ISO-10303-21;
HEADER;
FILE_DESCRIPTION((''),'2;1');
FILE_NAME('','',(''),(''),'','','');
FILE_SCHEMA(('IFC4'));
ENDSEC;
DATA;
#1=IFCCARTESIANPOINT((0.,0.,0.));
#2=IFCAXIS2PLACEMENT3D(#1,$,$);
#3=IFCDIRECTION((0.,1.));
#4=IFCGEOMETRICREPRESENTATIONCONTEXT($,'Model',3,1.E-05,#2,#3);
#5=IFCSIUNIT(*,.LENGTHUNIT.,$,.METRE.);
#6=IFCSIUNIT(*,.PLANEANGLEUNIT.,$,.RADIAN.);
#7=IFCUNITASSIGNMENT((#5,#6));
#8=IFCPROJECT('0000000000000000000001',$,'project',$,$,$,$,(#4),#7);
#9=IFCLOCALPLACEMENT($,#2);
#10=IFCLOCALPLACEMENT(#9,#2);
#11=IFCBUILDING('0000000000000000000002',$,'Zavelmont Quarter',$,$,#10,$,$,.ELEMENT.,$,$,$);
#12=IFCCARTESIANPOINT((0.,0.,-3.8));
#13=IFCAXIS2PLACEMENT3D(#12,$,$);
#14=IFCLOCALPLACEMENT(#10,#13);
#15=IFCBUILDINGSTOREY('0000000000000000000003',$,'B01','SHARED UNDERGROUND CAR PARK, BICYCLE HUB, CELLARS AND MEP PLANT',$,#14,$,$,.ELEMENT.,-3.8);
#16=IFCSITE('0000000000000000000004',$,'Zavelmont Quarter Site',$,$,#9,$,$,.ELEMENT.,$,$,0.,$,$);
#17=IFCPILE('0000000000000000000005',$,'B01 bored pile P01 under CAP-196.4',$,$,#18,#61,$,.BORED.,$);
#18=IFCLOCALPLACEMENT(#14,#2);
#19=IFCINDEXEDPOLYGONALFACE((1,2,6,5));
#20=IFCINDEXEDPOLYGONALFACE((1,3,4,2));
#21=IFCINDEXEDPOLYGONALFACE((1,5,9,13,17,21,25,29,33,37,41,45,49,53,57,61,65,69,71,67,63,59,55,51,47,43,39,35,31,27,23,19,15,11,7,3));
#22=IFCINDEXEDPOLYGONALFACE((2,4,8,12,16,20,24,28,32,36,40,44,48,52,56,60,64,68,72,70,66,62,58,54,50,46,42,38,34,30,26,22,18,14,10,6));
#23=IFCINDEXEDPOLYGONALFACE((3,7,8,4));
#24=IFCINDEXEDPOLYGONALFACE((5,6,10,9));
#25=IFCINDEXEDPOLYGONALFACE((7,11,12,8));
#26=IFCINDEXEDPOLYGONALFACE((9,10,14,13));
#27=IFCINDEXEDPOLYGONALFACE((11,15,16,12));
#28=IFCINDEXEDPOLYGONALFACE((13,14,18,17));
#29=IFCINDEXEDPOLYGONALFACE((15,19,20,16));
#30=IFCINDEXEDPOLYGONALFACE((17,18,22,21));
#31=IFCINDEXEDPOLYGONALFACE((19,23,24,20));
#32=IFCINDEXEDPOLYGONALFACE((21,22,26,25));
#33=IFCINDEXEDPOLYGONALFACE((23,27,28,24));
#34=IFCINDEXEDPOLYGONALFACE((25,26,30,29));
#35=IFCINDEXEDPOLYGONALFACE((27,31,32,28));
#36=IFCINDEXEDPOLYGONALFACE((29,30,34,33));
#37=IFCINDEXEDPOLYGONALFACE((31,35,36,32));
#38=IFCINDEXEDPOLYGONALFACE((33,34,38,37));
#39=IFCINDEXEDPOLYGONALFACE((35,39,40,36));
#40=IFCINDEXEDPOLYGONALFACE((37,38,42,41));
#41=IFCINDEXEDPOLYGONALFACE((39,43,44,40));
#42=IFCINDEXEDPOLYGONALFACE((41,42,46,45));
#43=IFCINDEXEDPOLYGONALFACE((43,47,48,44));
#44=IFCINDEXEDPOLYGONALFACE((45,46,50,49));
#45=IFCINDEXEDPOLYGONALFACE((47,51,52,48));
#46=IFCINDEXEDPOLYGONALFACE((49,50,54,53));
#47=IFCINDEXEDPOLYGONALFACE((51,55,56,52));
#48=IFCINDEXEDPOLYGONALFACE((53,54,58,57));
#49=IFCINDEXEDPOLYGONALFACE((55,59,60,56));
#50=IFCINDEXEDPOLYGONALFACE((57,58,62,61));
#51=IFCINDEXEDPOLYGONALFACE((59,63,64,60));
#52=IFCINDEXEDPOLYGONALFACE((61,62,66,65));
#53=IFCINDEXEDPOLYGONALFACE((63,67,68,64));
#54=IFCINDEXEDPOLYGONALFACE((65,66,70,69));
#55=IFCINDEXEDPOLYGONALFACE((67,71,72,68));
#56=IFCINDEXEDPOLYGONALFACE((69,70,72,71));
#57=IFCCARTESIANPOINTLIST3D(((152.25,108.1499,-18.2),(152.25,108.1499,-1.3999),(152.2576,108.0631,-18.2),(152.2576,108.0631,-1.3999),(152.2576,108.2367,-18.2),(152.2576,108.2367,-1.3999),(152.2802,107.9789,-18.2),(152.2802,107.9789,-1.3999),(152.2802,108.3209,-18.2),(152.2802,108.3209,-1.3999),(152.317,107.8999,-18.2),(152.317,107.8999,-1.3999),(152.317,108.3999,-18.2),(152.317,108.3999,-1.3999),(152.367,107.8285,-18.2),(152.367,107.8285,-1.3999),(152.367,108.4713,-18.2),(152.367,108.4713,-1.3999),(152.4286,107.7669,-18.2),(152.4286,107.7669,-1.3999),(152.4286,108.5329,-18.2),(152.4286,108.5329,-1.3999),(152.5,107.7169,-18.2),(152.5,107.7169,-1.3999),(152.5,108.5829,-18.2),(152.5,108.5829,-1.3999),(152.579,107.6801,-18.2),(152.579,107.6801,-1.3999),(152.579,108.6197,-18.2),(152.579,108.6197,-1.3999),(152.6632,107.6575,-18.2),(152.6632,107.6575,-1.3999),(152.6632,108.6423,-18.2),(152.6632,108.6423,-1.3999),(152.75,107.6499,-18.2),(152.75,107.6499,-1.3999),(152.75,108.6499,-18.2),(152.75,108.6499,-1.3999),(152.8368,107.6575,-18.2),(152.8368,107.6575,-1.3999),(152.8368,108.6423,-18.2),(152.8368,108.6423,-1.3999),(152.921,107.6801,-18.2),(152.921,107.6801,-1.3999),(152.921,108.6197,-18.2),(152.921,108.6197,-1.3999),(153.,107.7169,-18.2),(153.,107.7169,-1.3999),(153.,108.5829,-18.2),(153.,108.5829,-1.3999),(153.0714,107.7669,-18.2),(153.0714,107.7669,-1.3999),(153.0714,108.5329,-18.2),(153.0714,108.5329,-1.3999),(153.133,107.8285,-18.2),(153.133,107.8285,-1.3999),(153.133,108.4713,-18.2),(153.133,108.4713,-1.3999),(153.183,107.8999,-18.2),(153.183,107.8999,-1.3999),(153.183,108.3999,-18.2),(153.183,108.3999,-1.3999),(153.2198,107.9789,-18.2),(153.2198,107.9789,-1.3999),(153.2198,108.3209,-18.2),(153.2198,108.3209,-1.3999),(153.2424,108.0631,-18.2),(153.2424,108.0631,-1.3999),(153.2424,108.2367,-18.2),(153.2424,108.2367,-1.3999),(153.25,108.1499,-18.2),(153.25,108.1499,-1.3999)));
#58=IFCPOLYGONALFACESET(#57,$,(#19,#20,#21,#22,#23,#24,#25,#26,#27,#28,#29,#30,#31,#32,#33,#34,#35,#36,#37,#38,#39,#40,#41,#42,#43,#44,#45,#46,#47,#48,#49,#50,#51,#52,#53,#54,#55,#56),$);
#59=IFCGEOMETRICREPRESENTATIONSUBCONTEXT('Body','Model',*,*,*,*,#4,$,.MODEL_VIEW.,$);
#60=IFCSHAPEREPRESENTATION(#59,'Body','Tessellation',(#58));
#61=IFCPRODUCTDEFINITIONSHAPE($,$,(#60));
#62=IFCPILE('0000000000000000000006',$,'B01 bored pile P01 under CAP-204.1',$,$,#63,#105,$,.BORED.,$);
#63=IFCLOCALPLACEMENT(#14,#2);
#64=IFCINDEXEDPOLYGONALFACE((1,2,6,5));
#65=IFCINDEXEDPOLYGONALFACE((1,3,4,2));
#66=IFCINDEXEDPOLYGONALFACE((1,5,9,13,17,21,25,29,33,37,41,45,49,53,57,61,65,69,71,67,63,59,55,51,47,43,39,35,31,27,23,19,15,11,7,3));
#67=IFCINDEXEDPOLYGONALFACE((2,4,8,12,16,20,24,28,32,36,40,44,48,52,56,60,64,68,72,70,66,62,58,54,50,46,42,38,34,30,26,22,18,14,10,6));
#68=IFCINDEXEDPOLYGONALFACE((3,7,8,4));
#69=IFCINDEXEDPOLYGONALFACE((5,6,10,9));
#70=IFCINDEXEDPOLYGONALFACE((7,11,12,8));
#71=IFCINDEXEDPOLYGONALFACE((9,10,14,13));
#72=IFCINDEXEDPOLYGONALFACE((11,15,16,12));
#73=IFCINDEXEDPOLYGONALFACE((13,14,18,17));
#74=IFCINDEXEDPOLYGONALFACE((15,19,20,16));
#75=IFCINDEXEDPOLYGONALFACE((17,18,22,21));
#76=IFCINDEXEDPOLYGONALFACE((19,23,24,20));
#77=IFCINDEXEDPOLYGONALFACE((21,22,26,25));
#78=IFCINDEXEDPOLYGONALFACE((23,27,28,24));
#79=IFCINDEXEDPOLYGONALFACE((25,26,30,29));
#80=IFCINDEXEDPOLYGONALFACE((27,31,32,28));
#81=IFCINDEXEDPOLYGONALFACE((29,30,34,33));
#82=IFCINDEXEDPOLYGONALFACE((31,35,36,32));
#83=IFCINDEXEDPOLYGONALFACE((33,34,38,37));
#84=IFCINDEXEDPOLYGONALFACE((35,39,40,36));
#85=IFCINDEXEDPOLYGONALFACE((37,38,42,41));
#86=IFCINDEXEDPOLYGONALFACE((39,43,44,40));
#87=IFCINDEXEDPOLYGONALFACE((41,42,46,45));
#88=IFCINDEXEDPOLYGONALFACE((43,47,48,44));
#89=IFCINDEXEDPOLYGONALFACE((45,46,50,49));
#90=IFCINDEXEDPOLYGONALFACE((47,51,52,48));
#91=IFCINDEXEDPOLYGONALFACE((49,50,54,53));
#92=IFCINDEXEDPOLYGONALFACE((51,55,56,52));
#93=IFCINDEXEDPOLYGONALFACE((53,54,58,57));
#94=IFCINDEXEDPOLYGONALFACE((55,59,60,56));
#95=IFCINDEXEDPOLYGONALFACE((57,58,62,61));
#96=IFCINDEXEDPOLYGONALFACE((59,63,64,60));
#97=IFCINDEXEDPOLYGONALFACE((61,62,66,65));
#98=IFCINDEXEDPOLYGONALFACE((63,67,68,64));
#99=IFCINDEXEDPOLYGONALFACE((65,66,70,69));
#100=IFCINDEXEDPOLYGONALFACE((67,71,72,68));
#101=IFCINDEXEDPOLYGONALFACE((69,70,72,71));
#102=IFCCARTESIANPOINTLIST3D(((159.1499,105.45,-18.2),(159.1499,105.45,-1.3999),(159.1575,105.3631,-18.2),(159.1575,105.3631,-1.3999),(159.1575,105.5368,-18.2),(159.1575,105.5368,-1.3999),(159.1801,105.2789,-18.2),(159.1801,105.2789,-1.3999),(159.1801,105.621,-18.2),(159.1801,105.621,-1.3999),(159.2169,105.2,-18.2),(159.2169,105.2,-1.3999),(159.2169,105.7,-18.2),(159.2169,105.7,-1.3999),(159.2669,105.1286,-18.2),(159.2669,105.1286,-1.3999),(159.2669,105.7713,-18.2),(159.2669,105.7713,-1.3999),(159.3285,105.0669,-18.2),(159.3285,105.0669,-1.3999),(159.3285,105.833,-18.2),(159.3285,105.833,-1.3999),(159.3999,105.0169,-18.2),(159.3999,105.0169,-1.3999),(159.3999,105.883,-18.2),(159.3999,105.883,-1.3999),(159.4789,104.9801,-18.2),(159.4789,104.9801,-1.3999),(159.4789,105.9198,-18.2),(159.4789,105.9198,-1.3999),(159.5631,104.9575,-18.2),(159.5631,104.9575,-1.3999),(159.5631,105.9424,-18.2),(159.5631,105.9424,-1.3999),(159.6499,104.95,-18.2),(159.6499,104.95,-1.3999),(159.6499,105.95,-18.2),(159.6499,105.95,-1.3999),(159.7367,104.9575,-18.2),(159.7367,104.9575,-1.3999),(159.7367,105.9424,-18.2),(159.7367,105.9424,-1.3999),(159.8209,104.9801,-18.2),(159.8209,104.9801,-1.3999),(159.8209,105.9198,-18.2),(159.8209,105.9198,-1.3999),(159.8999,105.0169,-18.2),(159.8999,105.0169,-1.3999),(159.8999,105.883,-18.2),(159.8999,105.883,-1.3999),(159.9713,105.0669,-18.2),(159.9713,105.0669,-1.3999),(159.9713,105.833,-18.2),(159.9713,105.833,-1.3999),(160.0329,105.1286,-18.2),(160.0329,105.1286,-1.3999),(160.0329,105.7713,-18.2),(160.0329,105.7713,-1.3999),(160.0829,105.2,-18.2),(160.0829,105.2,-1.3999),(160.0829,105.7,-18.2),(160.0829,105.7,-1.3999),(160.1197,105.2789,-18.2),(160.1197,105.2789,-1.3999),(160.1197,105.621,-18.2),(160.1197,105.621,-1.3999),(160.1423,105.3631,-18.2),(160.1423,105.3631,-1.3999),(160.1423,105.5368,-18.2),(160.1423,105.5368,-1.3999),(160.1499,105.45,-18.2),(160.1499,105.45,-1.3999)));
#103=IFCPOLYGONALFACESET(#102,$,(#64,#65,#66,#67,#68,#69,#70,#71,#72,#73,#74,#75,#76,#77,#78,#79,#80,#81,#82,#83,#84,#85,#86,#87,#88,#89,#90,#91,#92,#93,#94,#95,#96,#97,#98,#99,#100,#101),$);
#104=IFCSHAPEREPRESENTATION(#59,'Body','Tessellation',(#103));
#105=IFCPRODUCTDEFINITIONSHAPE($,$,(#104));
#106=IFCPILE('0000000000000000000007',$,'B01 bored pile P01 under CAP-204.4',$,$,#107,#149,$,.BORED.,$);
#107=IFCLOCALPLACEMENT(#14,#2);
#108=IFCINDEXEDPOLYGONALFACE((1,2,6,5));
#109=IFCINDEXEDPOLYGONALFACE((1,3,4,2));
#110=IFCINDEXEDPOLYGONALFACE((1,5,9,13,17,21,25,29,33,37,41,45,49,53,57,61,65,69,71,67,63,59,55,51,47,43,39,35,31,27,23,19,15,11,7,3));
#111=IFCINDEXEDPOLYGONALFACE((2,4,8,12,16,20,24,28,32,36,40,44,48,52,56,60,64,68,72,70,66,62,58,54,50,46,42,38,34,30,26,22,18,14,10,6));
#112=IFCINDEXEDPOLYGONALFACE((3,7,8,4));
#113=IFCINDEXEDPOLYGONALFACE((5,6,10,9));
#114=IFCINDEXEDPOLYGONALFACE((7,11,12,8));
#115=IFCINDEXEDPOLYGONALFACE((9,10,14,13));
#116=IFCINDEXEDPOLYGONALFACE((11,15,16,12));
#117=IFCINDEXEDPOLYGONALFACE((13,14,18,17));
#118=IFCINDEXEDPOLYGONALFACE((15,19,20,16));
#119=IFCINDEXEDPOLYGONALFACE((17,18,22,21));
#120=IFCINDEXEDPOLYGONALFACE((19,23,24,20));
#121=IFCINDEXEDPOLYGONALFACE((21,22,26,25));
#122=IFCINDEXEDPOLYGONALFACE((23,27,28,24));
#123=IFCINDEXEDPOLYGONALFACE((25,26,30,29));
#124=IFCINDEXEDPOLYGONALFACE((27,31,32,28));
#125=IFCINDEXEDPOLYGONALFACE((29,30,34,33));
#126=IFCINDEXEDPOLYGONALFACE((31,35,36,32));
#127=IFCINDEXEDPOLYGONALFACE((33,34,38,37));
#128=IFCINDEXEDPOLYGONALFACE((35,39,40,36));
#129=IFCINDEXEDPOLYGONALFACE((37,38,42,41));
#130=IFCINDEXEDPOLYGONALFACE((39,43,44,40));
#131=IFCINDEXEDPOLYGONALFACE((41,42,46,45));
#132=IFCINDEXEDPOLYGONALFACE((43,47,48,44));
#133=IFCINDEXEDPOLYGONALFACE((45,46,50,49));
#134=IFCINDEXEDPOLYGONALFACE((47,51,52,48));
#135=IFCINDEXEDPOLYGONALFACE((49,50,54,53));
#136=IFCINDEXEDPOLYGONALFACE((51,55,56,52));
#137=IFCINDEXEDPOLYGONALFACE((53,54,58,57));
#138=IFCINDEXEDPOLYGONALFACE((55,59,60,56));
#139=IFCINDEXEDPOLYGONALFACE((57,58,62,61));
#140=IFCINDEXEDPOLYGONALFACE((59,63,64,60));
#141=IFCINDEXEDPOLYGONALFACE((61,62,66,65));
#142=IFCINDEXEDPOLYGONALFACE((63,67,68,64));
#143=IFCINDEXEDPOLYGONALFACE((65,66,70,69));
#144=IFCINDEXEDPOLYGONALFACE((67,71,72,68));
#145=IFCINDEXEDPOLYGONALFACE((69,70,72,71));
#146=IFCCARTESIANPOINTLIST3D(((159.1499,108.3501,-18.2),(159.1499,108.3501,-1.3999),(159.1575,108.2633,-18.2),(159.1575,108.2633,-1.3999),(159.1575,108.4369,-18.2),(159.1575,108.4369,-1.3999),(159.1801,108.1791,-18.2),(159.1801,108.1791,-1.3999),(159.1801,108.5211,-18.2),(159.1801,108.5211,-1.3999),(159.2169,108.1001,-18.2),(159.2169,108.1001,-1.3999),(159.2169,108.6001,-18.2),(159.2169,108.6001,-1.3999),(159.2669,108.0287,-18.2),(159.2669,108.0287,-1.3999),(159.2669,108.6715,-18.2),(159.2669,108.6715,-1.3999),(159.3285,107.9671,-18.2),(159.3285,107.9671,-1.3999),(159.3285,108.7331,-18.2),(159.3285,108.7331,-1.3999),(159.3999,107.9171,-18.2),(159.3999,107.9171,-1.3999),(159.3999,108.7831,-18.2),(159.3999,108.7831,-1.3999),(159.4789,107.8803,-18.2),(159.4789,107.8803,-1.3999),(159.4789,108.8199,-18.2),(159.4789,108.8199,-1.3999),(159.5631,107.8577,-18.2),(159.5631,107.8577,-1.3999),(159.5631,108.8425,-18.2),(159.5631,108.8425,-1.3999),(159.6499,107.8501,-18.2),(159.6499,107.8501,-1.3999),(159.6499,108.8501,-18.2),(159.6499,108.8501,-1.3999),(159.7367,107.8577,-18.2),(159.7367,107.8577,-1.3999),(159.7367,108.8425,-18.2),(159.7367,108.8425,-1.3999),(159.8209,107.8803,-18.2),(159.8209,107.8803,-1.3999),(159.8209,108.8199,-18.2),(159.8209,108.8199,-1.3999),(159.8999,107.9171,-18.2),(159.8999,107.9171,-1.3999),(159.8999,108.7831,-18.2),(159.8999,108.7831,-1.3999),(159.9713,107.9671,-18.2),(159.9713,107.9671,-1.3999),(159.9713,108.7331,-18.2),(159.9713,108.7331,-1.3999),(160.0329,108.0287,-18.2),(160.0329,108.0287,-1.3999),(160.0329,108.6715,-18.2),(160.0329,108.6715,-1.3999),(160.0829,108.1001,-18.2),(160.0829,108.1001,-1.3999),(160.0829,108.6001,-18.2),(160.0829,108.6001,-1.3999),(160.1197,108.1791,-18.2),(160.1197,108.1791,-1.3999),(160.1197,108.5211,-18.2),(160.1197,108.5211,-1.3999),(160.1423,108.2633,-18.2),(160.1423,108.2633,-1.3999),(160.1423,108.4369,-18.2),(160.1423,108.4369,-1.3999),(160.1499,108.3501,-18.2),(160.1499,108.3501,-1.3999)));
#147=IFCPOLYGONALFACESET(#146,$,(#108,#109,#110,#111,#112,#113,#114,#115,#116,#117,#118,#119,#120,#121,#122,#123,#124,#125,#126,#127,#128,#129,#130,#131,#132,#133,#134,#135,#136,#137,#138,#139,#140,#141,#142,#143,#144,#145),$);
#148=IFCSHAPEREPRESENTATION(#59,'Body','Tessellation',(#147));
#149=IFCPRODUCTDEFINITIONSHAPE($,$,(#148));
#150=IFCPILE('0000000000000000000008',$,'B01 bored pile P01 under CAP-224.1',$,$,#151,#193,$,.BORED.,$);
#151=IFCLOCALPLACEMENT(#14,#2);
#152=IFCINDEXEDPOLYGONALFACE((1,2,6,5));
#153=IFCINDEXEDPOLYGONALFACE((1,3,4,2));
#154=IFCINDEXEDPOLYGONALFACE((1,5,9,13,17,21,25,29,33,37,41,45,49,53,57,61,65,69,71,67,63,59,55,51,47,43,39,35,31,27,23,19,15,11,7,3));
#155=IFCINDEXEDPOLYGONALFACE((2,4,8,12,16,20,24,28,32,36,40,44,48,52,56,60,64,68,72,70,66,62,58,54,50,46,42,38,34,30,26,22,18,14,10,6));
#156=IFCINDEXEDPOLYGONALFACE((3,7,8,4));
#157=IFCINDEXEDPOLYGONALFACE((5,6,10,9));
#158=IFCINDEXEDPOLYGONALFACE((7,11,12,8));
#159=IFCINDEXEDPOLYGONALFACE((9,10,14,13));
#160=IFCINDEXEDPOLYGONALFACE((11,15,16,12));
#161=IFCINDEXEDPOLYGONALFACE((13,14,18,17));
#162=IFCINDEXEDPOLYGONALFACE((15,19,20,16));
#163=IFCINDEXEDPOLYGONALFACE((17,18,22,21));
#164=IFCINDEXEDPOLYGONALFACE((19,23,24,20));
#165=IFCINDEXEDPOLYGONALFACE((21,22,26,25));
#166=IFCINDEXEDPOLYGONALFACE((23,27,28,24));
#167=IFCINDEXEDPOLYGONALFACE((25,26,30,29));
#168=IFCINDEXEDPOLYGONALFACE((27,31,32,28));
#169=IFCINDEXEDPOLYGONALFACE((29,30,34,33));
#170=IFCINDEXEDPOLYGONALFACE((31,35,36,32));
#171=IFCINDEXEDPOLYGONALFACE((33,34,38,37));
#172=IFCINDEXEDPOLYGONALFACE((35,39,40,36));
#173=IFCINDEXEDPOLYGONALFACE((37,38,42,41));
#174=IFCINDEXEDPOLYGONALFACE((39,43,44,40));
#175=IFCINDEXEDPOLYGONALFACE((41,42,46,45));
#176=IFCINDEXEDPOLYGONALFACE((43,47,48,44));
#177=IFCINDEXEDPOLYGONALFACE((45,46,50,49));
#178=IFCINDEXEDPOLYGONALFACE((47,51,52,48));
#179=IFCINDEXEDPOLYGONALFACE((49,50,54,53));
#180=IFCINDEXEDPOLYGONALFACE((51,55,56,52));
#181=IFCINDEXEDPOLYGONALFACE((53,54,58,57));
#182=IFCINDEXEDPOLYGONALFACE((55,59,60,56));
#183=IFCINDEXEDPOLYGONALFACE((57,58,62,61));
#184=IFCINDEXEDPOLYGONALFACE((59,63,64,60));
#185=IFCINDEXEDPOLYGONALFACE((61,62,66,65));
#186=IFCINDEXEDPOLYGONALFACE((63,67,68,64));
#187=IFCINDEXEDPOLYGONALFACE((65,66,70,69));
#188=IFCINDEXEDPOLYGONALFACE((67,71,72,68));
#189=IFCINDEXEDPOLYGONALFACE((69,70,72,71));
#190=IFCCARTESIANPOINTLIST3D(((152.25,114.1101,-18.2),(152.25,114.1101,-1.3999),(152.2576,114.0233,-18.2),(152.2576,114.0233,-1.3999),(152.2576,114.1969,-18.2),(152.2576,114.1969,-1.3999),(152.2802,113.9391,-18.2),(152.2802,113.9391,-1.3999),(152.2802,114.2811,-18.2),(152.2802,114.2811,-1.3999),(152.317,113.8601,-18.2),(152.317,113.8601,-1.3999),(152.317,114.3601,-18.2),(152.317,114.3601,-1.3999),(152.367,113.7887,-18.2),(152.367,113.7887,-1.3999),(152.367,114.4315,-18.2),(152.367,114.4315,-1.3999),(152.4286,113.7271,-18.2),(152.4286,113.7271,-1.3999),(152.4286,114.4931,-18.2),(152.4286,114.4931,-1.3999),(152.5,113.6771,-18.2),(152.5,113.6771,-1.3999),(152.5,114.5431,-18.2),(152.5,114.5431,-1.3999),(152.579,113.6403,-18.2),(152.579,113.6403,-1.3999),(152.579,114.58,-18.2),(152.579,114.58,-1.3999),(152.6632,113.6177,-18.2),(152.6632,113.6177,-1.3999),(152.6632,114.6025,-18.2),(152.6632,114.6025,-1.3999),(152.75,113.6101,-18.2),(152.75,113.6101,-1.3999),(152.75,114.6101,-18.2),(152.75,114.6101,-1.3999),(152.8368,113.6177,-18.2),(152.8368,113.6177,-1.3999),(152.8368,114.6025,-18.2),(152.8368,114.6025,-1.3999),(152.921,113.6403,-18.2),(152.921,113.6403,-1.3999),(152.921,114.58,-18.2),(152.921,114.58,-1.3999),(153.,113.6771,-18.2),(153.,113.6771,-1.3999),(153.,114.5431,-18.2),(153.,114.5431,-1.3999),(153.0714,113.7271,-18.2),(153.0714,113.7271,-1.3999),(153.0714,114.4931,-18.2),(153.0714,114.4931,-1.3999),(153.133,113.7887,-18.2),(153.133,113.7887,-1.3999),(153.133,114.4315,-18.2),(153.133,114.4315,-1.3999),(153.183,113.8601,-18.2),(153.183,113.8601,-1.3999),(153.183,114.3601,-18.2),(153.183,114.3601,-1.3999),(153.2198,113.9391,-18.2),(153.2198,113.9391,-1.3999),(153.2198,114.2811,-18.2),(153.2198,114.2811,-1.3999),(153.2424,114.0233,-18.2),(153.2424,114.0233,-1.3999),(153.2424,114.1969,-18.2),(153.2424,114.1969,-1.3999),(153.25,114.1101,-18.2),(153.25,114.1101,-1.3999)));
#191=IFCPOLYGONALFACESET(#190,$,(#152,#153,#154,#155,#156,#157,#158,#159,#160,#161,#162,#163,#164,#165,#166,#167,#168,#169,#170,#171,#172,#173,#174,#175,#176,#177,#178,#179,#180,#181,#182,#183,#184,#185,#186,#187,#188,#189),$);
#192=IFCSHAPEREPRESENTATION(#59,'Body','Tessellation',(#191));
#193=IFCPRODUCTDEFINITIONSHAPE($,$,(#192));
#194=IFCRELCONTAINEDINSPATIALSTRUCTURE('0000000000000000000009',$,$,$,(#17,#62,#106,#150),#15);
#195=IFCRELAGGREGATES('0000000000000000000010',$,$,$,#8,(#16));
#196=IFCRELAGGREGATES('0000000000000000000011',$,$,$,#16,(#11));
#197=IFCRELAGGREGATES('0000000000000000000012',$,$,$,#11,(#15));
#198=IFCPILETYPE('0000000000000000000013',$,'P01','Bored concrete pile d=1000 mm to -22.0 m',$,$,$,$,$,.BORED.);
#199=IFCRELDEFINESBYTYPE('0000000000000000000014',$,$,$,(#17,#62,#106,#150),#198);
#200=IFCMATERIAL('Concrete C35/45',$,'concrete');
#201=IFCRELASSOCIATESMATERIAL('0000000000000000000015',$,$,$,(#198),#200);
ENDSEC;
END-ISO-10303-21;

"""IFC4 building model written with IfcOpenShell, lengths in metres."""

from ifc_helpers import new_model, si_unit, direction, frame, origin, origin_2d, place, context, subcontext, project, spatial, circle, extrude, material, material_profile, profile_set, type_object, element, save


model = new_model("IFC4")

# Units and contexts
model_context = context("Model", 3, precision=1e-05, world=origin(), true_north=direction((0.0, 1.0)))
body_context = subcontext(model_context, "Body", "Model", "MODEL_VIEW")
ifc_project = project(units=[si_unit("LENGTHUNIT", "METRE"), si_unit("PLANEANGLEUNIT", "RADIAN")], contexts=[model_context])

# Site, building, storey
site_placement = place(None, origin())
site = spatial("IfcSite", under=ifc_project, at=site_placement, Name="Zavelmont Quarter Site", CompositionType="ELEMENT", RefElevation=0.0)
building_placement = place(site_placement, origin())
building = spatial("IfcBuilding", under=site, at=building_placement, Name="Zavelmont Quarter", CompositionType="ELEMENT")
storey_placement = place(building_placement, frame((0.0, 0.0, -3.8)))
storey = spatial("IfcBuildingStorey", under=building, at=storey_placement, Name="B01", Description="SHARED UNDERGROUND CAR PARK, BICYCLE HUB, CELLARS AND MEP PLANT", CompositionType="ELEMENT", Elevation=-3.8)

# Shared definitions
ifc_material_1 = material(Name="Concrete C35/45", Category="concrete")

# Piles
ifc_material_profile_1 = material_profile(ifc_material_1, circle(Radius=0.5, at=origin_2d()), Name="BP1000")
ifc_profile_set_1 = profile_set([ifc_material_profile_1], Name="Concrete C35/45")
pile_type = type_object("IfcPileType", Name="P01", Description="Bored concrete pile d=1000 mm to -22.0 m", PredefinedType="BORED", material=ifc_profile_set_1)
for number, where, z_axis, x_axis, name in (
    (1, (152.75, 108.1499, -1.3999), (0.0, 0.0, -1.0), (1.0, 0.0, 0.0), "B01 bored pile P01 under CAP-196.4"),
    (2, (159.6499, 105.45, -1.3999), (0.0, 0.0, -1.0), (1.0, 0.0, 0.0), "B01 bored pile P01 under CAP-204.1"),
    (3, (159.6499, 108.3501, -1.3999), (0.0, 0.0, -1.0), (1.0, 0.0, 0.0), "B01 bored pile P01 under CAP-204.4"),
    (4, (152.75, 114.1101, -1.3999), (0.0, 0.0, -1.0), (1.0, 0.0, 0.0), "B01 bored pile P01 under CAP-224.1"),
):
    element("IfcPile", number, at=place(storey_placement, frame(where, z_axis=z_axis, x_axis=x_axis)), inside=storey, type_object=pile_type, Name=name, PredefinedType="BORED", context=body_context, shape_type="SweptSolid", body=[
        extrude(circle(Radius=0.5, at=origin_2d()), origin(), (0.0, 0.0, 1.0), 16.8),
    ])

save(model, "model.ifc")
